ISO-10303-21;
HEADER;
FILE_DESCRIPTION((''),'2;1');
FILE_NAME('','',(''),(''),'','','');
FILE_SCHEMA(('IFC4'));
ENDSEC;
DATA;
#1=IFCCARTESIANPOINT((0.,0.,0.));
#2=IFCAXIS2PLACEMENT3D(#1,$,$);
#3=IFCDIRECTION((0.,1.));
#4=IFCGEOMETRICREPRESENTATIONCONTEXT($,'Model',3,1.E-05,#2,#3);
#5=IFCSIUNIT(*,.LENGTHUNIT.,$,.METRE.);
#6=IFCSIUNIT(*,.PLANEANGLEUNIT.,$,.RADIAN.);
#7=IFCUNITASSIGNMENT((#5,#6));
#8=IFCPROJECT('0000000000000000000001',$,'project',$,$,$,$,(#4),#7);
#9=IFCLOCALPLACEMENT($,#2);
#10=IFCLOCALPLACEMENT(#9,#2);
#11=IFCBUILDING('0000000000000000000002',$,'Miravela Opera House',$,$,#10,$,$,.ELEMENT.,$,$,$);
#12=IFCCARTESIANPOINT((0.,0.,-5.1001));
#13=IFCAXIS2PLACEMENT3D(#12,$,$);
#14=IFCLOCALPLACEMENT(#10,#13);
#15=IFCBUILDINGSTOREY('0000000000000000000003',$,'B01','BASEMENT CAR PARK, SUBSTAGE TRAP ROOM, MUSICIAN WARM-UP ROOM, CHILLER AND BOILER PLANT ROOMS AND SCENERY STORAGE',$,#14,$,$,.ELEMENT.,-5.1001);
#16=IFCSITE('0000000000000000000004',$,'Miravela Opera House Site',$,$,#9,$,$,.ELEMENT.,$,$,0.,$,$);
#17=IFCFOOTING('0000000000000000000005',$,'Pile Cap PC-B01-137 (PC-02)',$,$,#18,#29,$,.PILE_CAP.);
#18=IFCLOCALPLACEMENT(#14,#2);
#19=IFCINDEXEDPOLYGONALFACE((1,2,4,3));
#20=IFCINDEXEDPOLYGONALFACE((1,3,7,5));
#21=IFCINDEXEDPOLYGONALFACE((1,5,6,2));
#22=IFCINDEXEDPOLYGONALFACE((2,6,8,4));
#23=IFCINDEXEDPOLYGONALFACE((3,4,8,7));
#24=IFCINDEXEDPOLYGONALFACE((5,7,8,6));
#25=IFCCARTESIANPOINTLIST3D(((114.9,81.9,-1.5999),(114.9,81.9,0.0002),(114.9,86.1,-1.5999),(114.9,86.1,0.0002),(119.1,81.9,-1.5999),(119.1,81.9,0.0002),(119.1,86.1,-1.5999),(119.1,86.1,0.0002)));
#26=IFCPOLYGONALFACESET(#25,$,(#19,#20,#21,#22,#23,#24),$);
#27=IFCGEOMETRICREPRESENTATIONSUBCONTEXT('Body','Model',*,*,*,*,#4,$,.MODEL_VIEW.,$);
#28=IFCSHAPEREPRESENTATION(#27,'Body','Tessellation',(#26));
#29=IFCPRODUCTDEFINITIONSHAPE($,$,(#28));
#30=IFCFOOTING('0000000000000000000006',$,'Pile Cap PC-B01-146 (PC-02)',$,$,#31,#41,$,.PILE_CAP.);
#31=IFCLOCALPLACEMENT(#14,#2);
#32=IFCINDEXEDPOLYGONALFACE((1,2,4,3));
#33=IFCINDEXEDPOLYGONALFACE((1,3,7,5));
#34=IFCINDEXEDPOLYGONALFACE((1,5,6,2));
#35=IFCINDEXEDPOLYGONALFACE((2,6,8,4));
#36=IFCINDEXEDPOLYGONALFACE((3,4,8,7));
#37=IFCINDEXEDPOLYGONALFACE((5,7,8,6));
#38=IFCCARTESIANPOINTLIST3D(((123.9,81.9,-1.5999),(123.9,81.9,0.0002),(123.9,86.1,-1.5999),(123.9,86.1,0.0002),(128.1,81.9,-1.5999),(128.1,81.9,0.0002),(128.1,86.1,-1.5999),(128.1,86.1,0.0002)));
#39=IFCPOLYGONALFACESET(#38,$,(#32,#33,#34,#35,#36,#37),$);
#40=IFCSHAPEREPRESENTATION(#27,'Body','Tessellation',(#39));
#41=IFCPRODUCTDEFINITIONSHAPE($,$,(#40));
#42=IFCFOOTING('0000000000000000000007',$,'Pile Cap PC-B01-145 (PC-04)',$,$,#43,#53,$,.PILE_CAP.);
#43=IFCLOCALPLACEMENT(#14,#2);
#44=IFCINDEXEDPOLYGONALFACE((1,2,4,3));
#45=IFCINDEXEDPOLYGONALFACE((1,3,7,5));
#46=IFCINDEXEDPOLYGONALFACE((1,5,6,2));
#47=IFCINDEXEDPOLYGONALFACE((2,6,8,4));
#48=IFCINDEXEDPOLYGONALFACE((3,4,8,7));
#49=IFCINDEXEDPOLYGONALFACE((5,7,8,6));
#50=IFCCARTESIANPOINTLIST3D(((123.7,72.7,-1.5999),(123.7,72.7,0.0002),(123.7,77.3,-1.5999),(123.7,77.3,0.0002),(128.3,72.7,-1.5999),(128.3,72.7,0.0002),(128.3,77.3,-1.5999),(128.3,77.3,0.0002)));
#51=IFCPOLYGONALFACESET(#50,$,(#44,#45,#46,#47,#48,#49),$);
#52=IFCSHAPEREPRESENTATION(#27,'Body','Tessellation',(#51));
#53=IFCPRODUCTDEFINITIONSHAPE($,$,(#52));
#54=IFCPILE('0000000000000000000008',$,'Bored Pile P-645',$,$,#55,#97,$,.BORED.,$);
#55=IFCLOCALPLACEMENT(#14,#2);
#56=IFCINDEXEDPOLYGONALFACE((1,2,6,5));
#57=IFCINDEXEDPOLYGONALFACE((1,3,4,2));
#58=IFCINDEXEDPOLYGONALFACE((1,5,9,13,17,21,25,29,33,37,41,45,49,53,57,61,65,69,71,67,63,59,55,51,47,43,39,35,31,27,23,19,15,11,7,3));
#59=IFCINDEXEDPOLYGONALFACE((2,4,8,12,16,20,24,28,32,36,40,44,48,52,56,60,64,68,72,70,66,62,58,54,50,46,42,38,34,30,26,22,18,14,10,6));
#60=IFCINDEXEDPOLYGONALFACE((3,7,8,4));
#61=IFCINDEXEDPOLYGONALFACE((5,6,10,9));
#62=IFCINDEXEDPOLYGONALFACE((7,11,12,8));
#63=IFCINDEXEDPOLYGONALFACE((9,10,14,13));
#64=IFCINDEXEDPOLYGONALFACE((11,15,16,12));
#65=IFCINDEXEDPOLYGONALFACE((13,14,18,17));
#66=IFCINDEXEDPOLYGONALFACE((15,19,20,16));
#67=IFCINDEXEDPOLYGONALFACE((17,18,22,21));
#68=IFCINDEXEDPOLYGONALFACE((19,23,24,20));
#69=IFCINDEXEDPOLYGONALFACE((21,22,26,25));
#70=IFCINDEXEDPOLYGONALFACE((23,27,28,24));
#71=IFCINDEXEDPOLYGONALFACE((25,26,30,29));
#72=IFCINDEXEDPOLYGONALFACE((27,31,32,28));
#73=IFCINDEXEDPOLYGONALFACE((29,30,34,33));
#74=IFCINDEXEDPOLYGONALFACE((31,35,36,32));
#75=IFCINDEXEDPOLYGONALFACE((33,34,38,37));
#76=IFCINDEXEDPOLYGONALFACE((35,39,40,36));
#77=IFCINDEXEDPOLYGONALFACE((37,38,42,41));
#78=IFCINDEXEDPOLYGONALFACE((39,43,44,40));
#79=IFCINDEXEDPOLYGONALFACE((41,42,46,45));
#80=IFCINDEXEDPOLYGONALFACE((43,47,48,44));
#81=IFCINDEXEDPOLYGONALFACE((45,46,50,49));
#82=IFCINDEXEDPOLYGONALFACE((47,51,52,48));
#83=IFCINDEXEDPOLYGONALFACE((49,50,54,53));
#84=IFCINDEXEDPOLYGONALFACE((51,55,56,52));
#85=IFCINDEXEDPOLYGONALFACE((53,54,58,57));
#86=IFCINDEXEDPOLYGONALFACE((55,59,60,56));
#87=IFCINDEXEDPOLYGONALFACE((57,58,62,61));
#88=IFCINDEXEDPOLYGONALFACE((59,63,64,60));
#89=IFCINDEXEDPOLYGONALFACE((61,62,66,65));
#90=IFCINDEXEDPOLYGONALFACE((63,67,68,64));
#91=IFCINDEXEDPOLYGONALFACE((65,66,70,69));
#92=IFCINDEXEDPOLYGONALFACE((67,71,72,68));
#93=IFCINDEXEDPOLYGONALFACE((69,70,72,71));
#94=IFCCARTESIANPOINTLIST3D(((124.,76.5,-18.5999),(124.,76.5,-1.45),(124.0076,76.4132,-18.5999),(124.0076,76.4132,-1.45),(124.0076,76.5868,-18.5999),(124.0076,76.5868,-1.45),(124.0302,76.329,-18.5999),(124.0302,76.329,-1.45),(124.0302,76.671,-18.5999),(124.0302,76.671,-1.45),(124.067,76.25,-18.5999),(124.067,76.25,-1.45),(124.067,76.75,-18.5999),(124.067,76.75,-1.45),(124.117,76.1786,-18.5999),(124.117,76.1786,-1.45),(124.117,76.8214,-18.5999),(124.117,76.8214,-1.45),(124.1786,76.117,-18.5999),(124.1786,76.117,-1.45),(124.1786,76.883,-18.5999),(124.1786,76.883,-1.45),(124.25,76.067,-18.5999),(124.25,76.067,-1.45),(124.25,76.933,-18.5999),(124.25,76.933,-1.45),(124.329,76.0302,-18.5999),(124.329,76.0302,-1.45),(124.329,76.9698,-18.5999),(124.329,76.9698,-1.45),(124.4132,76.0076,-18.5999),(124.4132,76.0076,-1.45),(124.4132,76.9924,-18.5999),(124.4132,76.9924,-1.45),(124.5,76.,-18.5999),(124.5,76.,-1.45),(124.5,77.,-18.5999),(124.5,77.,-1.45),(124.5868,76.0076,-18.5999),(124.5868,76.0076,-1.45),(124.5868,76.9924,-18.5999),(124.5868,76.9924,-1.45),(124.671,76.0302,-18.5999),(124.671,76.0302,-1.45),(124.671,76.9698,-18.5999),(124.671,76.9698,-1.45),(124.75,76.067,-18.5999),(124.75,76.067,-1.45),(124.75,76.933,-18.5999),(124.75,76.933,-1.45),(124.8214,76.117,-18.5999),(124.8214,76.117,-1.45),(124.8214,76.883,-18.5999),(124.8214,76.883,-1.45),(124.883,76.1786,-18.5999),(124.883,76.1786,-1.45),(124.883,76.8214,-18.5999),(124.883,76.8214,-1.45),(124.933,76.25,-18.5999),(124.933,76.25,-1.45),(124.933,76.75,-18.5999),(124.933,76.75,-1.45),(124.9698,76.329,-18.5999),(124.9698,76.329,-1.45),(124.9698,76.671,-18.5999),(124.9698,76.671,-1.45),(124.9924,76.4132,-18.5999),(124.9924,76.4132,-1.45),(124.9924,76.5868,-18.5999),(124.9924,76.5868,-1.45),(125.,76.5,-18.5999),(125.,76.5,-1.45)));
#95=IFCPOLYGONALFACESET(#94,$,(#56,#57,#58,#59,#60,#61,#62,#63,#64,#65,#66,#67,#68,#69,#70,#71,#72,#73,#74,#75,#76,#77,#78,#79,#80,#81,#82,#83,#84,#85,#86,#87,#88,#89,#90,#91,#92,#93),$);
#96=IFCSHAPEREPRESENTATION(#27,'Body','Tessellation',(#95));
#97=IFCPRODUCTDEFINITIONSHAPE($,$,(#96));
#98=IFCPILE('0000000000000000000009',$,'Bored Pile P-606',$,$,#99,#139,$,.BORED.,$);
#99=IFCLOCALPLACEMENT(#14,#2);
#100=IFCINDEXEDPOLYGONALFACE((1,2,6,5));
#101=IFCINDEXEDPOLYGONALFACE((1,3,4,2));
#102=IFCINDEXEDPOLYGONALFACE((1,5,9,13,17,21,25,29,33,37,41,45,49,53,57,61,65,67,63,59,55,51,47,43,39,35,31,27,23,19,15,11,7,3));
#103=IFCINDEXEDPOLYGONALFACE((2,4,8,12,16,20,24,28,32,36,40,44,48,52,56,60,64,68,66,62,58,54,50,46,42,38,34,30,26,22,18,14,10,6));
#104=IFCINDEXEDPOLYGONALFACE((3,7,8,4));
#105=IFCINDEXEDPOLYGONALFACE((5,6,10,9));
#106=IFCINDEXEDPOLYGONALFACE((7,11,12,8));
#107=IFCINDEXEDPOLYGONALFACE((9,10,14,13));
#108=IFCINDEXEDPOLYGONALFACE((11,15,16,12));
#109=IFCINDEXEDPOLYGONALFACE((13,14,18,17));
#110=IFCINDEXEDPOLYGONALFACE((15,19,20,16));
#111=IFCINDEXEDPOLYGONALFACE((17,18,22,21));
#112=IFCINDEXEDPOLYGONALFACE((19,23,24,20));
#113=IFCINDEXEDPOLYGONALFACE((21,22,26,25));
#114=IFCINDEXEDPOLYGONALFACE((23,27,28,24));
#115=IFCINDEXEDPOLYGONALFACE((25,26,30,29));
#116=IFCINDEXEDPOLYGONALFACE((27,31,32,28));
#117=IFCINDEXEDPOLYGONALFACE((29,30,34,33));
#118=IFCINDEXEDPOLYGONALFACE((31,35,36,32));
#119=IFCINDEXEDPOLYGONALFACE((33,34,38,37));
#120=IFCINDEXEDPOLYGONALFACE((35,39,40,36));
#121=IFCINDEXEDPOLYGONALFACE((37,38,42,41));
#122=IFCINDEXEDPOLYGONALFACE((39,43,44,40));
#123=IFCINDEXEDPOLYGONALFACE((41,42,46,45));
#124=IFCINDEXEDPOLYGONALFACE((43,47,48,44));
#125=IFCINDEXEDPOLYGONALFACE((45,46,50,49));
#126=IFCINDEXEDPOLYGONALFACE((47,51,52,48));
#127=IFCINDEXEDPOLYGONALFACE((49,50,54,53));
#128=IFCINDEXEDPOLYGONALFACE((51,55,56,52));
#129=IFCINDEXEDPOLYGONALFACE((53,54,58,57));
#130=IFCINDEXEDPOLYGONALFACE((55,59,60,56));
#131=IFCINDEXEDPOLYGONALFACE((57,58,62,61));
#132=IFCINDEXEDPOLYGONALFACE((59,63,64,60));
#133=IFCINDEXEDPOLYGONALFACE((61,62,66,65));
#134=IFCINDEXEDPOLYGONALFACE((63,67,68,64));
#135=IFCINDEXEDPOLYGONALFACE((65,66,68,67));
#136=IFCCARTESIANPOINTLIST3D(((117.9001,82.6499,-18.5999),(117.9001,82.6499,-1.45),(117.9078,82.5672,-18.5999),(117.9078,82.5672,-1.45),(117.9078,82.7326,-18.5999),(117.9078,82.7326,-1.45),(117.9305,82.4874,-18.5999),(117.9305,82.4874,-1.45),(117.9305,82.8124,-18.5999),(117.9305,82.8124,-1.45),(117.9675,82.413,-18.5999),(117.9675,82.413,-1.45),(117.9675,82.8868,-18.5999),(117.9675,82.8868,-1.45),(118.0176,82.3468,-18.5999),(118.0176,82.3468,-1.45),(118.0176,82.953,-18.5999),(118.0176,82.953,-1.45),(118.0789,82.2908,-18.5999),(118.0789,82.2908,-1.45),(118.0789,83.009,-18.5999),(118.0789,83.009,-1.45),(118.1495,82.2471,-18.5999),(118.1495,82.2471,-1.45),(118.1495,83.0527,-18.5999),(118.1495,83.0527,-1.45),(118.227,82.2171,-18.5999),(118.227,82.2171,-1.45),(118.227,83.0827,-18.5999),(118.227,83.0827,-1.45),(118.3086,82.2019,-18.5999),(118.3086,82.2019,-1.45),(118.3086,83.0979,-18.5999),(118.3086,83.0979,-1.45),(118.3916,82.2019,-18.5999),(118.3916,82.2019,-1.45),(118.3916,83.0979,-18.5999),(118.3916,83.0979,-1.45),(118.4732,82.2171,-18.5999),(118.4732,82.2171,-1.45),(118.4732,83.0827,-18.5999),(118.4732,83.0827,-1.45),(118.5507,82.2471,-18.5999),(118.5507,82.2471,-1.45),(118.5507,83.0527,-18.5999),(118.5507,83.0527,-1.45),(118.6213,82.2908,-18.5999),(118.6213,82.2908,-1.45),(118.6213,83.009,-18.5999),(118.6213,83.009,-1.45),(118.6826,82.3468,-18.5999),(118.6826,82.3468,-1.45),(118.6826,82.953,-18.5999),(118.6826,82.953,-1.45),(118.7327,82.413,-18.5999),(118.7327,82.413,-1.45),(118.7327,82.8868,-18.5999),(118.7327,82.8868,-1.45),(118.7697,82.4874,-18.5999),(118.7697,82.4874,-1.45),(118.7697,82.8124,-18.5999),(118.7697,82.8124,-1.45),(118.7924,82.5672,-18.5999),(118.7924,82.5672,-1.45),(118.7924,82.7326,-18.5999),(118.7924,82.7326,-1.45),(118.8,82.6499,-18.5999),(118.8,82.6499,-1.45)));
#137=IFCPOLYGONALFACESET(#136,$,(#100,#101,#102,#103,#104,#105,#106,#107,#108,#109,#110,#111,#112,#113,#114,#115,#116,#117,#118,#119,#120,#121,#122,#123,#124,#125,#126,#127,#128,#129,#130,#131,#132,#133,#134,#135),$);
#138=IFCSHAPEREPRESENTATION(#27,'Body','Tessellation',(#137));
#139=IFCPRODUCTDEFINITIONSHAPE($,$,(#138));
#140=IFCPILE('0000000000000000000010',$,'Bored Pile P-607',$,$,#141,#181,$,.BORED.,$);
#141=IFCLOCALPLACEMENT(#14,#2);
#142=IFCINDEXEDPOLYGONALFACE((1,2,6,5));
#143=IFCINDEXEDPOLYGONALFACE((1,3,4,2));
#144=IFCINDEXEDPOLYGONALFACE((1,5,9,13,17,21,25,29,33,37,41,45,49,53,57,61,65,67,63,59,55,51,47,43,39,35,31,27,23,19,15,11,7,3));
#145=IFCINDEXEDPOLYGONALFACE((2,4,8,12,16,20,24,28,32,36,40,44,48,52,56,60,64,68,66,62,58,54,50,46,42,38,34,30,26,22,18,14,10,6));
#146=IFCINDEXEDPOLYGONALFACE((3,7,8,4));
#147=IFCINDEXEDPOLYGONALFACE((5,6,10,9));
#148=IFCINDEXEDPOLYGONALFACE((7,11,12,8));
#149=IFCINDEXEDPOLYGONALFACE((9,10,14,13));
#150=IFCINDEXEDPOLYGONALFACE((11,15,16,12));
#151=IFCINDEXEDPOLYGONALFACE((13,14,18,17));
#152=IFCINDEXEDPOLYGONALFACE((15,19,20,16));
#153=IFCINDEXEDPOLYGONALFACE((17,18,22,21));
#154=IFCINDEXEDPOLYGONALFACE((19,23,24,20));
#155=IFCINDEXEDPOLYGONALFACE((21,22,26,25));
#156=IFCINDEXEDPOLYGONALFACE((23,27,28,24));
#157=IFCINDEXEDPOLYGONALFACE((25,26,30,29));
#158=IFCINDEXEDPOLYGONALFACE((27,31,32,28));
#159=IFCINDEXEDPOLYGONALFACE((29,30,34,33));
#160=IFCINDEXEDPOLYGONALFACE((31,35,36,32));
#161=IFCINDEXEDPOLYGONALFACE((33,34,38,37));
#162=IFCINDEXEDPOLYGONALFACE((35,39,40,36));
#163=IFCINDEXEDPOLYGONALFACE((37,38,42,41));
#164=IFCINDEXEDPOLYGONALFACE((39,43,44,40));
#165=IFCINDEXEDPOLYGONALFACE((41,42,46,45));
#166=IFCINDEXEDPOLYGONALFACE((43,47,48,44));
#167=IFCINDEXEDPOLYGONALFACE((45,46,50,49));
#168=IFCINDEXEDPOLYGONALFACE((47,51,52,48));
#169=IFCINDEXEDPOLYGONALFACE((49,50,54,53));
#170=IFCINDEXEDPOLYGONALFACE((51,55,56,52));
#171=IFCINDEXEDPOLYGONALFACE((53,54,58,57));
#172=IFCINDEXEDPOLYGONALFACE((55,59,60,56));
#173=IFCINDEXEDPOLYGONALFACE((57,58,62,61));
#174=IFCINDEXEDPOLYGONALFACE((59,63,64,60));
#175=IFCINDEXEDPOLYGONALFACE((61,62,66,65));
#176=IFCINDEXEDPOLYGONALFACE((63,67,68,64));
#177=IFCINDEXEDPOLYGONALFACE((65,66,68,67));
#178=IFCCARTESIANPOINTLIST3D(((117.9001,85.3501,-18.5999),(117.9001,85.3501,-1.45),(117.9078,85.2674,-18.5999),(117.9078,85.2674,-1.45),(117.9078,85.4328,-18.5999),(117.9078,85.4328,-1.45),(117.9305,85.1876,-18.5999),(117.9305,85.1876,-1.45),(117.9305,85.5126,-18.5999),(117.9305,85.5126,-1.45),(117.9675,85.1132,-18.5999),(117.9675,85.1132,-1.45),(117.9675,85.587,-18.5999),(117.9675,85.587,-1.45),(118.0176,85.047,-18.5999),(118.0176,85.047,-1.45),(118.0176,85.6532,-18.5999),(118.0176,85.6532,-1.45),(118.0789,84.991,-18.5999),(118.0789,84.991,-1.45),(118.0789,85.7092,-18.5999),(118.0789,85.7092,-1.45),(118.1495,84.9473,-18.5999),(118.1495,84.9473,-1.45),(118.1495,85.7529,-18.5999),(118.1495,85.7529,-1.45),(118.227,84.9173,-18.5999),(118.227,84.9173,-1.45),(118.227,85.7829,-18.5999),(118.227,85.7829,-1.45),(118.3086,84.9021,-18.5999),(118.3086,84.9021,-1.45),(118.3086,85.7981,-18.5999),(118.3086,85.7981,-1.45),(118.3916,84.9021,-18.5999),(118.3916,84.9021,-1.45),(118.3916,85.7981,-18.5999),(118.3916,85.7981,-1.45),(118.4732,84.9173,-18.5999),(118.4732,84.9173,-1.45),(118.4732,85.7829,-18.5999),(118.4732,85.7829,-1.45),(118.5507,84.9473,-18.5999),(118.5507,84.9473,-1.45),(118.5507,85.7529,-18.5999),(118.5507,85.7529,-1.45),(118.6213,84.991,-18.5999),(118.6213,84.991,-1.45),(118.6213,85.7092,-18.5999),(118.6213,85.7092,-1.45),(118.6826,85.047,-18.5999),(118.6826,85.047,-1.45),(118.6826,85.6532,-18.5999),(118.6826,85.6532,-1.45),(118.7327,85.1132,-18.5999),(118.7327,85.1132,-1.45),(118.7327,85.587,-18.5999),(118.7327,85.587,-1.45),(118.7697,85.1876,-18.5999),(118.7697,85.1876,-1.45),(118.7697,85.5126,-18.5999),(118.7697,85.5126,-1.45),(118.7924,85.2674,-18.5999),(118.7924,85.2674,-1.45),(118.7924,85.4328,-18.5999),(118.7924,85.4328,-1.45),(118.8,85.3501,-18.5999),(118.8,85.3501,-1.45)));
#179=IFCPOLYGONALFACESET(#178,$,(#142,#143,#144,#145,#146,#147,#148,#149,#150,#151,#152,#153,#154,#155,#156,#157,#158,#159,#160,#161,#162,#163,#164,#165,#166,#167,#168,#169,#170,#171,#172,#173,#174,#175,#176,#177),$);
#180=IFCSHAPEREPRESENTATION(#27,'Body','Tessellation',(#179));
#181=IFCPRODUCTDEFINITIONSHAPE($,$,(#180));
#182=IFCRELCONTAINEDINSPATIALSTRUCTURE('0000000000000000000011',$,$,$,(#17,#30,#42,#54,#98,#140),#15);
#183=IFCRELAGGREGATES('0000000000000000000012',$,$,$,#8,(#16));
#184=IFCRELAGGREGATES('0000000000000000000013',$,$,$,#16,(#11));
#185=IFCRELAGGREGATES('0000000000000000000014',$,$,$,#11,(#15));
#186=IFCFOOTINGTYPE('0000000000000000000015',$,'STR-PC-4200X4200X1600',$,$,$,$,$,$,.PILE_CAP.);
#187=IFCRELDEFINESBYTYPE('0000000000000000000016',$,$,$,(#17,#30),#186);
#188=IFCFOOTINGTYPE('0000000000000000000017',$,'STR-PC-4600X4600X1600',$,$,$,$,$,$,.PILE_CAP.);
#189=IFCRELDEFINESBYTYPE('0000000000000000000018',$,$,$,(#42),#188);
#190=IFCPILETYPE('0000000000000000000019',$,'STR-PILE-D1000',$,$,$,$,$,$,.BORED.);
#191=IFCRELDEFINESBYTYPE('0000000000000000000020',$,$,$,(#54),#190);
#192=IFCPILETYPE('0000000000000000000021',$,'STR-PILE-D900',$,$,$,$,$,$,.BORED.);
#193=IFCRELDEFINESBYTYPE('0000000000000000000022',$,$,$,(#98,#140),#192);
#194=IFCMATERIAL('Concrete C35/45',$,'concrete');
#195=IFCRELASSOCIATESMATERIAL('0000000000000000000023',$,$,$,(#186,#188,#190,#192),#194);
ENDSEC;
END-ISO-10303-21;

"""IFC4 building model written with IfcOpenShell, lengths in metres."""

from ifc_helpers import new_model, si_unit, direction, frame, origin, origin_2d, place, context, subcontext, project, spatial, rectangle, circle, extrude, material, material_profile, profile_set, type_object, element, save


model = new_model("IFC4")

# Units and contexts
model_context = context("Model", 3, precision=1e-05, world=origin(), true_north=direction((0.0, 1.0)))
body_context = subcontext(model_context, "Body", "Model", "MODEL_VIEW")
ifc_project = project(units=[si_unit("LENGTHUNIT", "METRE"), si_unit("PLANEANGLEUNIT", "RADIAN")], contexts=[model_context])

# Site, building, storey
site_placement = place(None, origin())
site = spatial("IfcSite", under=ifc_project, at=site_placement, Name="Miravela Opera House Site", CompositionType="ELEMENT", RefElevation=0.0)
building_placement = place(site_placement, origin())
building = spatial("IfcBuilding", under=site, at=building_placement, Name="Miravela Opera House", CompositionType="ELEMENT")
storey_placement = place(building_placement, frame((0.0, 0.0, -5.1001)))
storey = spatial("IfcBuildingStorey", under=building, at=storey_placement, Name="B01", Description="BASEMENT CAR PARK, SUBSTAGE TRAP ROOM, MUSICIAN WARM-UP ROOM, CHILLER AND BOILER PLANT ROOMS AND SCENERY STORAGE", CompositionType="ELEMENT", Elevation=-5.1001)

# Footings
ifc_material_1 = material(Name="Concrete C35/45", Category="concrete")
footing_type_1 = type_object("IfcFootingType", Name="STR-PC-4200X4200X1600", PredefinedType="PILE_CAP", material=ifc_material_1)
for number, where, z_axis, x_axis, name in (
    (1, (117.0, 84.0, -1.5999), (0.0, 0.0, 1.0), (1.0, 0.0, 0.0), "Pile Cap PC-B01-137 (PC-02)"),
    (2, (126.0, 84.0, -1.5999), (0.0, 0.0, 1.0), (1.0, 0.0, 0.0), "Pile Cap PC-B01-146 (PC-02)"),
):
    element("IfcFooting", number, at=place(storey_placement, frame(where, z_axis=z_axis, x_axis=x_axis)), inside=storey, type_object=footing_type_1, Name=name, PredefinedType="PILE_CAP", context=body_context, shape_type="SweptSolid", body=[
        extrude(rectangle(XDim=4.2, YDim=4.2, at=origin_2d()), origin(), (0.0, 0.0, 1.0), 1.6001),
    ])
footing_type_2 = type_object("IfcFootingType", Name="STR-PC-4600X4600X1600", PredefinedType="PILE_CAP", material=ifc_material_1)
footing_placement = place(storey_placement, frame((126.0, 75.0, -1.5999), z_axis=(0.0, 0.0, 1.0), x_axis=(1.0, 0.0, 0.0)))
element("IfcFooting", 3, at=footing_placement, inside=storey, type_object=footing_type_2, Name="Pile Cap PC-B01-145 (PC-04)", PredefinedType="PILE_CAP", context=body_context, shape_type="SweptSolid", body=[
    extrude(rectangle(XDim=4.6001, YDim=4.6001, at=origin_2d()), origin(), (0.0, 0.0, 1.0), 1.6001),
])

# Piles
ifc_material_profile_1 = material_profile(ifc_material_1, circle(Radius=0.5, at=origin_2d()), Name="PILE-D1000")
ifc_profile_set_1 = profile_set([ifc_material_profile_1])
pile_type_1 = type_object("IfcPileType", Name="STR-PILE-D1000", PredefinedType="BORED", material=ifc_profile_set_1)
pile_placement = place(storey_placement, frame((124.5, 76.5, -1.45), z_axis=(0.0, 0.0, -1.0), x_axis=(1.0, 0.0, 0.0)))
element("IfcPile", 4, at=pile_placement, inside=storey, type_object=pile_type_1, Name="Bored Pile P-645", PredefinedType="BORED", context=body_context, shape_type="SweptSolid", body=[
    extrude(circle(Radius=0.5, at=origin_2d()), origin(), (0.0, 0.0, 1.0), 17.1499),
])
ifc_material_profile_2 = material_profile(ifc_material_1, circle(Radius=0.45, at=origin_2d()), Name="PILE-D900")
ifc_profile_set_2 = profile_set([ifc_material_profile_2])
pile_type_2 = type_object("IfcPileType", Name="STR-PILE-D900", PredefinedType="BORED", material=ifc_profile_set_2)
for number, where, z_axis, x_axis, name in (
    (5, (118.3501, 82.6499, -1.45), (0.0, 0.0, -1.0), (1.0, 0.0, 0.0), "Bored Pile P-606"),
    (6, (118.3501, 85.3501, -1.45), (0.0, 0.0, -1.0), (1.0, 0.0, 0.0), "Bored Pile P-607"),
):
    element("IfcPile", number, at=place(storey_placement, frame(where, z_axis=z_axis, x_axis=x_axis)), inside=storey, type_object=pile_type_2, Name=name, PredefinedType="BORED", context=body_context, shape_type="SweptSolid", body=[
        extrude(circle(Radius=0.45, at=origin_2d()), origin(), (0.0, 0.0, 1.0), 17.1499),
    ])

save(model, "model.ifc")
